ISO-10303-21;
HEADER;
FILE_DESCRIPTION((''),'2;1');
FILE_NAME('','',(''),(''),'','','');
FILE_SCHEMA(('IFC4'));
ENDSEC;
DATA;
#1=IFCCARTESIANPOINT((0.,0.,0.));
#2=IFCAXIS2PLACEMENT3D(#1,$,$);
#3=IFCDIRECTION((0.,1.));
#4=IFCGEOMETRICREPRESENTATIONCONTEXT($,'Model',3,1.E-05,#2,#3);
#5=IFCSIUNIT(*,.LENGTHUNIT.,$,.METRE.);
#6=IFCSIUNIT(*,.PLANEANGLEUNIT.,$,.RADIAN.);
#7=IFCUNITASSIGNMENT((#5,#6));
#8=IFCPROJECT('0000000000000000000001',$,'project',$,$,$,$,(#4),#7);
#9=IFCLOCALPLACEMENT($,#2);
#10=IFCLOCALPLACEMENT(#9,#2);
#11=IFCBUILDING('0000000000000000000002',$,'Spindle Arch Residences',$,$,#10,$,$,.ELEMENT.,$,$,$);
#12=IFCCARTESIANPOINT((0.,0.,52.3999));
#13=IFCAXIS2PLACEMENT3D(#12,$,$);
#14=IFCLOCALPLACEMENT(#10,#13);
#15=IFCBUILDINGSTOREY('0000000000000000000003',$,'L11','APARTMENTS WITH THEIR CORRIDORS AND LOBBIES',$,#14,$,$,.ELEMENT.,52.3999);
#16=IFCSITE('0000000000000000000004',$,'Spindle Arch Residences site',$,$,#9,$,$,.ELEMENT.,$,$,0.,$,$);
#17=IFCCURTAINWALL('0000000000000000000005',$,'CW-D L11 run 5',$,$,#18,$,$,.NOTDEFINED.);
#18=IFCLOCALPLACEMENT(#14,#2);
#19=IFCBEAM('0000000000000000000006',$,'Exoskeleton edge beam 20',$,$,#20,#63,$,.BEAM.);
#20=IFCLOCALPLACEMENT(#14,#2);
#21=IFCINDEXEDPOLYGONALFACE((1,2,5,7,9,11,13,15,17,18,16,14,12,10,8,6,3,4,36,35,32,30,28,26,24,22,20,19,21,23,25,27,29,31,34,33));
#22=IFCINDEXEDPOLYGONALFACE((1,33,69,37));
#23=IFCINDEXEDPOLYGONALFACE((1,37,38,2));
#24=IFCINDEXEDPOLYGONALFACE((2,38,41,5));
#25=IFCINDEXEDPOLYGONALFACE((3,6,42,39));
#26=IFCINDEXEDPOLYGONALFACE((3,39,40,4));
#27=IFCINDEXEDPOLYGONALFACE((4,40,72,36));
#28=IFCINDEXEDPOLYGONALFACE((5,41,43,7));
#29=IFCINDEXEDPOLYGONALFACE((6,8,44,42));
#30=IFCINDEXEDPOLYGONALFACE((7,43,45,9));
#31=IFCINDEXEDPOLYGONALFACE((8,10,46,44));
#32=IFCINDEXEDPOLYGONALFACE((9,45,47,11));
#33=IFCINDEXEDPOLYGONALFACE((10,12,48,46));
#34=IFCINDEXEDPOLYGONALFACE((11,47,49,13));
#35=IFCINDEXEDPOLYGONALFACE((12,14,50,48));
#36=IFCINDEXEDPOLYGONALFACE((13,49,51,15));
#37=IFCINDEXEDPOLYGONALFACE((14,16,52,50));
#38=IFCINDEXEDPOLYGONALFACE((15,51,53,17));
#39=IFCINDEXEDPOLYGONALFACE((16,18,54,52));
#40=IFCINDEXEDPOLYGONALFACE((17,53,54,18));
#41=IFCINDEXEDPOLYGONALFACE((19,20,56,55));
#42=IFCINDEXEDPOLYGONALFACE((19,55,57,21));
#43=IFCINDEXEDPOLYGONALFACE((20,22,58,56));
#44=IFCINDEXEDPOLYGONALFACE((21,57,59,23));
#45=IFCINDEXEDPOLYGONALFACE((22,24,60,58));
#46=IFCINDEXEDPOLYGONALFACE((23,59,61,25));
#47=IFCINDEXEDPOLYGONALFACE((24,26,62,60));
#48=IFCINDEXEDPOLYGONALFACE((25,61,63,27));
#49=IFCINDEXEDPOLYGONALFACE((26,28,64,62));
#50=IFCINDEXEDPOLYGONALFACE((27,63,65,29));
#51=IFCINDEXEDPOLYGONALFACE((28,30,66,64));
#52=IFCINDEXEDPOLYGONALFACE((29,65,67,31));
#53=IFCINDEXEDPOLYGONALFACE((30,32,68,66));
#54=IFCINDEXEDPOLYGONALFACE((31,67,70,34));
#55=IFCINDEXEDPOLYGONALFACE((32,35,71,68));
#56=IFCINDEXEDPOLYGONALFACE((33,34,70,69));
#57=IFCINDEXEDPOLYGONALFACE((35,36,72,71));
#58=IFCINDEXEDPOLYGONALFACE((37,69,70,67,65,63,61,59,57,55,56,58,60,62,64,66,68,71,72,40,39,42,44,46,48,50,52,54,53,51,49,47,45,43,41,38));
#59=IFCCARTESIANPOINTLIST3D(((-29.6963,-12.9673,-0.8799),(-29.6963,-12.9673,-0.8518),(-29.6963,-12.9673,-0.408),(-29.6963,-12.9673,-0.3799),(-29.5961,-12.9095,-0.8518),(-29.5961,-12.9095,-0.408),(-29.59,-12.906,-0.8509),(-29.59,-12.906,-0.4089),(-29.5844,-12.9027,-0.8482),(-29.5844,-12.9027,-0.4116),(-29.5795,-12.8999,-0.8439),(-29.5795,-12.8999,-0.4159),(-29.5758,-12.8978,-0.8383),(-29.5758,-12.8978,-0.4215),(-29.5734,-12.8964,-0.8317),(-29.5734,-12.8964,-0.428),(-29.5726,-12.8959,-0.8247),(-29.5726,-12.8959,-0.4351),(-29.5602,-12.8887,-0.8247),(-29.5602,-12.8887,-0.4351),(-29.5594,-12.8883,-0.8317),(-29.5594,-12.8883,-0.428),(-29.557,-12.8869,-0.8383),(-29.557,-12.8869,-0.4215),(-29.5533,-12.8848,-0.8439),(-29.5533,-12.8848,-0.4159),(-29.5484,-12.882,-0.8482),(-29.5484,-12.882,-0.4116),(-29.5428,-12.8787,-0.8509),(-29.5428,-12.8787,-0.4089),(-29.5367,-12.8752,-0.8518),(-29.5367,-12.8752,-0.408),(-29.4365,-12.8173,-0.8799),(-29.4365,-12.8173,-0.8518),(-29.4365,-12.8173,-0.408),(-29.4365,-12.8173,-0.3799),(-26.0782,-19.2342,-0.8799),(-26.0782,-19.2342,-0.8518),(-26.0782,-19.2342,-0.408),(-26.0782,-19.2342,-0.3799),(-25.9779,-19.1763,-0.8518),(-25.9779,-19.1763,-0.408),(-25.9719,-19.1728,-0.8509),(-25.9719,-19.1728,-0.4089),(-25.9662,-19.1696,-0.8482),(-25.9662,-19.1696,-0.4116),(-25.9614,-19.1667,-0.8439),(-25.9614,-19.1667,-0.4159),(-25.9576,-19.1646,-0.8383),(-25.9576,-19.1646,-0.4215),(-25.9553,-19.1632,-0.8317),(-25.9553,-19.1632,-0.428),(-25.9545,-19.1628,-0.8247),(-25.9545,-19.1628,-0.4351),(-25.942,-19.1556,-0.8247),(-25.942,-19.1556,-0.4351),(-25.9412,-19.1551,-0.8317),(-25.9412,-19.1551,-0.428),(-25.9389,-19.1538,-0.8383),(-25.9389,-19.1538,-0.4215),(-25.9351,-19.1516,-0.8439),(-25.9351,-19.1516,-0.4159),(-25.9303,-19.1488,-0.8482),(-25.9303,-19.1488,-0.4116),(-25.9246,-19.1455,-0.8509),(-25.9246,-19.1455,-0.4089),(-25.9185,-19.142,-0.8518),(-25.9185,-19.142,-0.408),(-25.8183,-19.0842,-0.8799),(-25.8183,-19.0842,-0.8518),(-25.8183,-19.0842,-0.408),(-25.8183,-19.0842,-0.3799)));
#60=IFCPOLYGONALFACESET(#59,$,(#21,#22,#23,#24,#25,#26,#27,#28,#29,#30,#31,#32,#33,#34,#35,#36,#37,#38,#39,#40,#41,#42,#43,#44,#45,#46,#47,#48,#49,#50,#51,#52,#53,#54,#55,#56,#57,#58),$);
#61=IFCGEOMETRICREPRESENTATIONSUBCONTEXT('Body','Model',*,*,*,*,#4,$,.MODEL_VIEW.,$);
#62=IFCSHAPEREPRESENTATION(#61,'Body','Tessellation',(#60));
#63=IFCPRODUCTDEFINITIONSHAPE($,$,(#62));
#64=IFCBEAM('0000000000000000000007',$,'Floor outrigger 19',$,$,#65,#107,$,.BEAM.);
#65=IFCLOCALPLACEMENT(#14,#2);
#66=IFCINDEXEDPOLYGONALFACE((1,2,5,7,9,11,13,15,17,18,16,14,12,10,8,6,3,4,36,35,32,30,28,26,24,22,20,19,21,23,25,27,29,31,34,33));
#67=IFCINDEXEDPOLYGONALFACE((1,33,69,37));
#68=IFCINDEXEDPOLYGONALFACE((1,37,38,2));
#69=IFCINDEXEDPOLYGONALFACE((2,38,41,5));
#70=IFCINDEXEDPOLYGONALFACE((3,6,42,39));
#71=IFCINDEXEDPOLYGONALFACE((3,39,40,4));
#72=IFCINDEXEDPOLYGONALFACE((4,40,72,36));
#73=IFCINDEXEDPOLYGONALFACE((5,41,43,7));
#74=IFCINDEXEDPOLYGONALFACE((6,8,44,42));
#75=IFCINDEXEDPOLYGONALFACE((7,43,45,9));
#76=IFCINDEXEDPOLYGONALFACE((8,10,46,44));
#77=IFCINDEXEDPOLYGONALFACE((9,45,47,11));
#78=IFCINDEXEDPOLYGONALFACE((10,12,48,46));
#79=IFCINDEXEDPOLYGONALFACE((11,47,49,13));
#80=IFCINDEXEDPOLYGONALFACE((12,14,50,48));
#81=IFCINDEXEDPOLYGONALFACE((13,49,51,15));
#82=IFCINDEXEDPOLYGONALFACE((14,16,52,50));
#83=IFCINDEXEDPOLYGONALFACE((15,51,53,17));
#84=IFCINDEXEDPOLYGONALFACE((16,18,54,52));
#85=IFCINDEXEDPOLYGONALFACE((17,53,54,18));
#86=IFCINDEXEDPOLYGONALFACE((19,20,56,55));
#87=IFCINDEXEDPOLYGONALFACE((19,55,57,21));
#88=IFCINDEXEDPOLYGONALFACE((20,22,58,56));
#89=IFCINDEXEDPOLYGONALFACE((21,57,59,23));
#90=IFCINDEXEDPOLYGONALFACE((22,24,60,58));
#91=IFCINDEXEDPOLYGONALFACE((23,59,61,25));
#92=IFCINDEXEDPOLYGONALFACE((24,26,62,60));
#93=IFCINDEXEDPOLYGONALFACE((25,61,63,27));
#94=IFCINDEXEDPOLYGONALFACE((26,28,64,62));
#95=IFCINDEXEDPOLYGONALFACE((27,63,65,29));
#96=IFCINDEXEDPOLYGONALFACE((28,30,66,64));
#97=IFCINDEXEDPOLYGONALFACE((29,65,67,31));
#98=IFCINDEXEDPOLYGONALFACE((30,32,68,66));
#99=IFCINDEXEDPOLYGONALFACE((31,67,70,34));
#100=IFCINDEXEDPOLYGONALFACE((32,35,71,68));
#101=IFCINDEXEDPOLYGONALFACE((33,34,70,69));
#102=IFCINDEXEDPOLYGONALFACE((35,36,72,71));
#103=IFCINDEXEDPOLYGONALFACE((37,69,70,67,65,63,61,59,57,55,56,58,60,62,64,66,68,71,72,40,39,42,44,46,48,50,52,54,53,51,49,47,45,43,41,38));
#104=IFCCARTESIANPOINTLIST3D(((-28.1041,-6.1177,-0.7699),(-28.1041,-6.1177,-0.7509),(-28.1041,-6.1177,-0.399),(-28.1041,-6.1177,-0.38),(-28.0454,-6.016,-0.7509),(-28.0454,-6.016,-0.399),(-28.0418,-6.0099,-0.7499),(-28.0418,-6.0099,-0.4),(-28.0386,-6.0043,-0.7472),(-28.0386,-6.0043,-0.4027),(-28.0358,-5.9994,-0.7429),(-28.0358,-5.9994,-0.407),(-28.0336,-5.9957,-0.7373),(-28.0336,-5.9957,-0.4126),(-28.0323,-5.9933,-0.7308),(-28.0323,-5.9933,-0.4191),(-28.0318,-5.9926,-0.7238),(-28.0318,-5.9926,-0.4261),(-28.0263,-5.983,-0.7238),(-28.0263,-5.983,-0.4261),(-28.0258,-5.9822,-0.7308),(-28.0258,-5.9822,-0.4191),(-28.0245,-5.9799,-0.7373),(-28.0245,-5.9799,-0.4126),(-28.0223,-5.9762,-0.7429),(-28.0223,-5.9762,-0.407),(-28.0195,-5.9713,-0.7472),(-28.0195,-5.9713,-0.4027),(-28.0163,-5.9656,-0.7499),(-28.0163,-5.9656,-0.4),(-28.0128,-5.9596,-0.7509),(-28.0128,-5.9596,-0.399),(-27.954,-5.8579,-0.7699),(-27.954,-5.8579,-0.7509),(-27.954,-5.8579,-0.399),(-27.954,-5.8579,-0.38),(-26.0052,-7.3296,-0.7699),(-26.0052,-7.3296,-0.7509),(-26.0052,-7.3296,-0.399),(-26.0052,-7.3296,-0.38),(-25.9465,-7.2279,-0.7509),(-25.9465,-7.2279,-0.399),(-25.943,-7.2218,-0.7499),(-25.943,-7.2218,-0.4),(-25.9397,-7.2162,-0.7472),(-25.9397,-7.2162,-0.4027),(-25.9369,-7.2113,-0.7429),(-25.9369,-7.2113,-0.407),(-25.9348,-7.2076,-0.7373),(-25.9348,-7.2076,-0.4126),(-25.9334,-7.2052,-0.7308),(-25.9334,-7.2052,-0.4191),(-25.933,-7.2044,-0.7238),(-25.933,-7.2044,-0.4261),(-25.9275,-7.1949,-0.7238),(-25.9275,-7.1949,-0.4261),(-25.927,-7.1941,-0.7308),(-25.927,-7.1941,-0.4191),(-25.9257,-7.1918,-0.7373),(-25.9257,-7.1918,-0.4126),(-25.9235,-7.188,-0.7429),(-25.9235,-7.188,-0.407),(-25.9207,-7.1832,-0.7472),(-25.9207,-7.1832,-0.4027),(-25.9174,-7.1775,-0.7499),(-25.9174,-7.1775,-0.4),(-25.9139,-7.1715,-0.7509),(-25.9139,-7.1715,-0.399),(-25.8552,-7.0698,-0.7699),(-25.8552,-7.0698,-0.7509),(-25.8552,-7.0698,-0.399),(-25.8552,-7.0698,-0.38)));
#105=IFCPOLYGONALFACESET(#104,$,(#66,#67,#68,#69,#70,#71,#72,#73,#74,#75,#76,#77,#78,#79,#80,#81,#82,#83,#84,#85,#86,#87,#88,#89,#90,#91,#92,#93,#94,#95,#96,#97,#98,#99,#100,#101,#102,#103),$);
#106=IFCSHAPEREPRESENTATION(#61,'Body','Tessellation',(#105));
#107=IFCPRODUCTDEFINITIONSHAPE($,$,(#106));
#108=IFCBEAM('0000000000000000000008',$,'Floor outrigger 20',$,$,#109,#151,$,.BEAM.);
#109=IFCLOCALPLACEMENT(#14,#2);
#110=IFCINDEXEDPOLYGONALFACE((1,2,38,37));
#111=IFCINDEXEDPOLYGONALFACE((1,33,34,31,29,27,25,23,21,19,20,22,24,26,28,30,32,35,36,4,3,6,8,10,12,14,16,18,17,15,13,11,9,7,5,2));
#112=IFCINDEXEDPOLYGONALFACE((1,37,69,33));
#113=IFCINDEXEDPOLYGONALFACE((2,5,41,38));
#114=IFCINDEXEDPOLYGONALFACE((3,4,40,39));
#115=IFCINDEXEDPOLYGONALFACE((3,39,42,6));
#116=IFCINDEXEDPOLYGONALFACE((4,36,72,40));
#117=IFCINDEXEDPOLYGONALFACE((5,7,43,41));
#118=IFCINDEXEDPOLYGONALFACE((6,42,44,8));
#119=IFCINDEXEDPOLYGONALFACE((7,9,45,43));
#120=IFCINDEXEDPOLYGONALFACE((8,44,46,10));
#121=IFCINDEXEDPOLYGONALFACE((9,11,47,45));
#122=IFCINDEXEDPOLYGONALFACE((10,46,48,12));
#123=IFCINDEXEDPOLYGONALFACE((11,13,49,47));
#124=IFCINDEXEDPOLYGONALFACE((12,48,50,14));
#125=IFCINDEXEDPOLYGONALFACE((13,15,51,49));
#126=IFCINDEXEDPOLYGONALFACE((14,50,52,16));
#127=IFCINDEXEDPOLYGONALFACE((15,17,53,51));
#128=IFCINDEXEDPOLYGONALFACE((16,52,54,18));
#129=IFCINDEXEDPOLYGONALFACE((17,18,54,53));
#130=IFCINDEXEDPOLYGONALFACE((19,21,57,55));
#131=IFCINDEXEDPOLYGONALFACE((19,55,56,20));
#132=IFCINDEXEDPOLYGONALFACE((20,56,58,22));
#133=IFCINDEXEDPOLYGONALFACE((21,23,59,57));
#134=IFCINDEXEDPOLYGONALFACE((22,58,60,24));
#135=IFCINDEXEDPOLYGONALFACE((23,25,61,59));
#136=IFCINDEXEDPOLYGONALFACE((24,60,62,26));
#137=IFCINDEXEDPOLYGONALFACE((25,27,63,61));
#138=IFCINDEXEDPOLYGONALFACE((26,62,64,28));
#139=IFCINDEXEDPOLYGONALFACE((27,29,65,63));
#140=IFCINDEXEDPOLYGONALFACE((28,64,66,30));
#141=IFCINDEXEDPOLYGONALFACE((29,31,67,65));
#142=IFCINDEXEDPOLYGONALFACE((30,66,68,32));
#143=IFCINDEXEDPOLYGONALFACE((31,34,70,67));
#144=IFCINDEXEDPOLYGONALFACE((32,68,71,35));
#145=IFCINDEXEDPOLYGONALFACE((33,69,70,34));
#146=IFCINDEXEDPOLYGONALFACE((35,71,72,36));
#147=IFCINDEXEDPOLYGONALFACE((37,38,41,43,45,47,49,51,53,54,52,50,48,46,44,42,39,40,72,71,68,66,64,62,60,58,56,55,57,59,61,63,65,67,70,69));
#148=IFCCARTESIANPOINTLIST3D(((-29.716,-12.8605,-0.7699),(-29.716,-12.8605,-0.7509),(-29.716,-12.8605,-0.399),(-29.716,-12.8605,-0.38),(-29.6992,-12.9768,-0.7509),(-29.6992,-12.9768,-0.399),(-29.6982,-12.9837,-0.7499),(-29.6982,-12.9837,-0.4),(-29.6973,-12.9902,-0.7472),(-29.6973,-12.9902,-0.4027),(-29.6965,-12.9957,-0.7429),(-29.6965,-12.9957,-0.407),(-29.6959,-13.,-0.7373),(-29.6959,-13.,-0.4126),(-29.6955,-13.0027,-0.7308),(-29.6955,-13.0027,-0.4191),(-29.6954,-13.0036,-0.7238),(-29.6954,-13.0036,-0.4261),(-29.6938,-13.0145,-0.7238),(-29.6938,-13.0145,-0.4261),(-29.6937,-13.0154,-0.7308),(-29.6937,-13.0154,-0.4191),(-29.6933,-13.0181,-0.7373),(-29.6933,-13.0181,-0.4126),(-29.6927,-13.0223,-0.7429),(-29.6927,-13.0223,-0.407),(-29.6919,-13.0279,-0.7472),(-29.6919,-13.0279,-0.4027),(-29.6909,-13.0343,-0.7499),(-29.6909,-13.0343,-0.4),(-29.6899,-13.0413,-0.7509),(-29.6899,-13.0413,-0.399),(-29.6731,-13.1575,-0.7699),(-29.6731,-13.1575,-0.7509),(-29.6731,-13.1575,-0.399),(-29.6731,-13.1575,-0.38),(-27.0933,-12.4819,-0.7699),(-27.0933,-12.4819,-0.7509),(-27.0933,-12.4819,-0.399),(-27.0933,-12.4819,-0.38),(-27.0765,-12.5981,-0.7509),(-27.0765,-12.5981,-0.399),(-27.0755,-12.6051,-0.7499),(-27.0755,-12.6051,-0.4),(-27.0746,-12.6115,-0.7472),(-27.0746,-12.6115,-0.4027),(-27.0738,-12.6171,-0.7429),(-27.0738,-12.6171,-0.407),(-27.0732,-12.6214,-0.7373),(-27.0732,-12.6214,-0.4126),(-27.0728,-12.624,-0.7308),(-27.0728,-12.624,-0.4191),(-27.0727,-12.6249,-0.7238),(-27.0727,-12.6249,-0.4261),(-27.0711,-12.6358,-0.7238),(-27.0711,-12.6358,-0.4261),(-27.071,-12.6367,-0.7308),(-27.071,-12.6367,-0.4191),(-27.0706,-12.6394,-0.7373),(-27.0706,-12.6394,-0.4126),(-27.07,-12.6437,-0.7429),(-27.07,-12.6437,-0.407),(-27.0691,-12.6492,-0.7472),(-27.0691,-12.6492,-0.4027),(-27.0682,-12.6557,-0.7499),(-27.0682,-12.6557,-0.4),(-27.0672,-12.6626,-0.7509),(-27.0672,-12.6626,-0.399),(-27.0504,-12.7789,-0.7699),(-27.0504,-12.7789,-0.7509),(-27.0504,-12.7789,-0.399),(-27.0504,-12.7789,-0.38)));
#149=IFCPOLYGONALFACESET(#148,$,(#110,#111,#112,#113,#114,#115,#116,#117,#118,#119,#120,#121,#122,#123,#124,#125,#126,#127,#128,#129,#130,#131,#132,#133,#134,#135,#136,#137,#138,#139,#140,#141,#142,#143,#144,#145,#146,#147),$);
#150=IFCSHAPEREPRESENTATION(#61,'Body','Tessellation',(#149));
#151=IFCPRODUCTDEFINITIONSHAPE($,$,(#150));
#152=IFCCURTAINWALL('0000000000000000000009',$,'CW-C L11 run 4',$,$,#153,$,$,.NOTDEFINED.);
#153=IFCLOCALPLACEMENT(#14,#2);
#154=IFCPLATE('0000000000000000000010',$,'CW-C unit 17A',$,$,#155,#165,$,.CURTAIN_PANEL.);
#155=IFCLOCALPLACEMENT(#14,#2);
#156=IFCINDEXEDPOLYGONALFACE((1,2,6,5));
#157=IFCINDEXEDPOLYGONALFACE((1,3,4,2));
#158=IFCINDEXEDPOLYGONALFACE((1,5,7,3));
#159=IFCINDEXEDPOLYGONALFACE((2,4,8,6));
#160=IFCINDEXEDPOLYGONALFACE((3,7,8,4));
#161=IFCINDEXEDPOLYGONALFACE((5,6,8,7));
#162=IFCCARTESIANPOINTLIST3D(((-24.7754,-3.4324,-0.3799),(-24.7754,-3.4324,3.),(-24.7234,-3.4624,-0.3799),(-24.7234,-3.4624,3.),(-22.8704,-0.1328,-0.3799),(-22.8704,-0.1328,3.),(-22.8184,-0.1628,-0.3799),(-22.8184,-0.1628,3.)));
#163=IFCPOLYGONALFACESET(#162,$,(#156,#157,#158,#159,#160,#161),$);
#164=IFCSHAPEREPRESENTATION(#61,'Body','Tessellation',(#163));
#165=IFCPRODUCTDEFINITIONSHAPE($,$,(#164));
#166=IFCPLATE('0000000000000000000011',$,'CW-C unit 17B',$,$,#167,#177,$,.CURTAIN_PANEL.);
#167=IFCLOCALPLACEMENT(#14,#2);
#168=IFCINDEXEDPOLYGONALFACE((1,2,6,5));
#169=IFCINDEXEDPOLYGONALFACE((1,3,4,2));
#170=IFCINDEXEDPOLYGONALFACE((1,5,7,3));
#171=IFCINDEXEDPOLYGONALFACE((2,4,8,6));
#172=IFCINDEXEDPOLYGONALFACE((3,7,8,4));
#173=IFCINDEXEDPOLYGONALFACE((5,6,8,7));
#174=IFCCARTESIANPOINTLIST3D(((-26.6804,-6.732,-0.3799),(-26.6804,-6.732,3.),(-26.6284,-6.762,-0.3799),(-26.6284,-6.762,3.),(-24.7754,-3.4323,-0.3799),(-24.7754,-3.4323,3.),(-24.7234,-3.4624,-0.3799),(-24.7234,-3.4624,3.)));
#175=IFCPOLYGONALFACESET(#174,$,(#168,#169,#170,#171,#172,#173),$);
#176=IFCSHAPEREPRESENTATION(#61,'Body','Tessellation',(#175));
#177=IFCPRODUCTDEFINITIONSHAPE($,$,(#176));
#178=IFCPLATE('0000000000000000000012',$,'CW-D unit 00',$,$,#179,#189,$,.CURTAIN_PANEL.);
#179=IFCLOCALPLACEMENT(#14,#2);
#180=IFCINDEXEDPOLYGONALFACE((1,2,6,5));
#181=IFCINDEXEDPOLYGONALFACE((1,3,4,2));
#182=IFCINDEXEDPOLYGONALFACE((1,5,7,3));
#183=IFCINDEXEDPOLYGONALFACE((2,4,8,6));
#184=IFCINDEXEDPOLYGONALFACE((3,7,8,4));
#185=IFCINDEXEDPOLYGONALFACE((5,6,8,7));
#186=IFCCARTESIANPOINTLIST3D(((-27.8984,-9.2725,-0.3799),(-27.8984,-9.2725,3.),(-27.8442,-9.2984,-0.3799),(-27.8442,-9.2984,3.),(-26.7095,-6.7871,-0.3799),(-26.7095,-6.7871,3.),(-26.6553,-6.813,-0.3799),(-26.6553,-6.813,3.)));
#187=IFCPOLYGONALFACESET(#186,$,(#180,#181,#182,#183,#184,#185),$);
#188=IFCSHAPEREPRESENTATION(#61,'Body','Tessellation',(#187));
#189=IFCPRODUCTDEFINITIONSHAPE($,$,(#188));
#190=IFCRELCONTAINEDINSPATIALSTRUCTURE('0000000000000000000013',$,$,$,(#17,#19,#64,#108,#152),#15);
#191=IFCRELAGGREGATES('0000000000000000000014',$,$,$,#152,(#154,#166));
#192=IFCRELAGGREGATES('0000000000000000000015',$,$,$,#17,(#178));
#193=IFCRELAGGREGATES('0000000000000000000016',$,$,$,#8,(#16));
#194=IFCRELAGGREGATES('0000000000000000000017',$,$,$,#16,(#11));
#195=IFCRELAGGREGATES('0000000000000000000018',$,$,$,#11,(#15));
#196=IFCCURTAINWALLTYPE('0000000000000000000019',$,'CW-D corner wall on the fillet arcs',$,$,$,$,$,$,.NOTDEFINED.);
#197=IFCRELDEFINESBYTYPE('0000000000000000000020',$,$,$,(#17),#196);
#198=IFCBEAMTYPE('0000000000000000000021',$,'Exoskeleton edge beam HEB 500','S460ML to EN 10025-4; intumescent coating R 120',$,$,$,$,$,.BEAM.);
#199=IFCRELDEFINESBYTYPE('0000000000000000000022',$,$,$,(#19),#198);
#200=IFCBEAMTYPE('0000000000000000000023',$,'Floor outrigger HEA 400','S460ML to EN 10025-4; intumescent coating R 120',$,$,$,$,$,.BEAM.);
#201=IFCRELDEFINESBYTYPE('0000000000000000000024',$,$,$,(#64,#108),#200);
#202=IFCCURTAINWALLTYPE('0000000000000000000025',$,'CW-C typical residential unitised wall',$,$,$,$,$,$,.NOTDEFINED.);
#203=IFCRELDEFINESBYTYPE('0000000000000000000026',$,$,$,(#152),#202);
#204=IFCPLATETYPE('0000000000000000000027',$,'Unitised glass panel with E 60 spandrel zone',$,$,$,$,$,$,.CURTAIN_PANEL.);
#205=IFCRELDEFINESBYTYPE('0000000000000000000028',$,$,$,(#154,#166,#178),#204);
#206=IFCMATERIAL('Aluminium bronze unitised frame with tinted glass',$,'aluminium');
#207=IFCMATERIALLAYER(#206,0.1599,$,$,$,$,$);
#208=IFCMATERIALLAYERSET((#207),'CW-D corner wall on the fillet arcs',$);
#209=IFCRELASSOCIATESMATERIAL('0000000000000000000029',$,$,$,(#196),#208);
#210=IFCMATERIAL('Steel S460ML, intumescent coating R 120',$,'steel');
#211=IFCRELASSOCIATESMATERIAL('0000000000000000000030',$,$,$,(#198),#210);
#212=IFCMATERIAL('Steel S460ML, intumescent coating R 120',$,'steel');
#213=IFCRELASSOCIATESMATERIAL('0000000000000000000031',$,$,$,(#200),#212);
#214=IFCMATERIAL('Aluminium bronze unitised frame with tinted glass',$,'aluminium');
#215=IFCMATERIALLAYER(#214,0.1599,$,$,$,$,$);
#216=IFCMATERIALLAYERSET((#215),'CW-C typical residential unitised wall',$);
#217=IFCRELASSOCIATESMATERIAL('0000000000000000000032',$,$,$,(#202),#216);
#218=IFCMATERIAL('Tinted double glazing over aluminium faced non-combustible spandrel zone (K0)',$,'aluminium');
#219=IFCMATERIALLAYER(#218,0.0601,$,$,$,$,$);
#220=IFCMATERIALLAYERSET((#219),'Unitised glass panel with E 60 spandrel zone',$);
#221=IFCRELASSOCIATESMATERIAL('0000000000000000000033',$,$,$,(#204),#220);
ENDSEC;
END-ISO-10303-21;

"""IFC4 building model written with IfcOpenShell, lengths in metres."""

from ifc_helpers import new_model, si_unit, direction, frame, origin, origin_2d, place, context, subcontext, project, spatial, rectangle, i_section, extrude, material, layer, layer_set, material_profile, profile_set, type_object, element, aggregate, save


model = new_model("IFC4")

# Units and contexts
model_context = context("Model", 3, precision=1e-05, world=origin(), true_north=direction((0.0, 1.0)))
body_context = subcontext(model_context, "Body", "Model", "MODEL_VIEW")
ifc_project = project(units=[si_unit("LENGTHUNIT", "METRE"), si_unit("PLANEANGLEUNIT", "RADIAN")], contexts=[model_context])

# Site, building, storey
site_placement = place(None, origin())
site = spatial("IfcSite", under=ifc_project, at=site_placement, Name="Spindle Arch Residences site", CompositionType="ELEMENT", RefElevation=0.0)
building_placement = place(site_placement, origin())
building = spatial("IfcBuilding", under=site, at=building_placement, Name="Spindle Arch Residences", CompositionType="ELEMENT")
storey_placement = place(building_placement, frame((0.0, 0.0, 52.3999)))
storey = spatial("IfcBuildingStorey", under=building, at=storey_placement, Name="L11", Description="APARTMENTS WITH THEIR CORRIDORS AND LOBBIES", CompositionType="ELEMENT", Elevation=52.3999)

# Curtain wall
ifc_material_1 = material(Name="Aluminium bronze unitised frame with tinted glass", Category="aluminium")
ifc_layer_1 = layer(ifc_material_1, 0.1599)
ifc_layer_set_1 = layer_set([ifc_layer_1], Name="CW-D corner wall on the fillet arcs")
curtain_wall_type_1 = type_object("IfcCurtainWallType", Name="CW-D corner wall on the fillet arcs", PredefinedType="NOTDEFINED", material=ifc_layer_set_1)
curtain_wall_1_placement = place(storey_placement, origin())
curtain_wall_1 = element("IfcCurtainWall", 1, at=curtain_wall_1_placement, inside=storey, type_object=curtain_wall_type_1, Name="CW-D L11 run 5", PredefinedType="NOTDEFINED")

# Beams
ifc_material_2 = material(Name="Steel S460ML, intumescent coating R 120", Category="steel")
ifc_material_profile_1 = material_profile(ifc_material_2, i_section(OverallWidth=0.3, OverallDepth=0.5, WebThickness=0.0144, FlangeThickness=0.0281, FilletRadius=0.0271, at=origin_2d()), Name="HEB 500")
ifc_profile_set_1 = profile_set([ifc_material_profile_1], Name="Steel S460ML, intumescent coating R 120")
beam_type_1 = type_object("IfcBeamType", Name="Exoskeleton edge beam HEB 500", Description="S460ML to EN 10025-4; intumescent coating R 120", PredefinedType="BEAM", material=ifc_profile_set_1)
beam_1_placement = place(storey_placement, frame((-29.5664, -12.8923, -0.6299), z_axis=(0.5, -0.866025, 0.0), x_axis=(0.866025, 0.5, 0.0)))
element("IfcBeam", 2, at=beam_1_placement, inside=storey, type_object=beam_type_1, Name="Exoskeleton edge beam 20", PredefinedType="BEAM", context=body_context, shape_type="SweptSolid", body=[
    extrude(i_section(OverallWidth=0.3, OverallDepth=0.5, WebThickness=0.0144, FlangeThickness=0.0281, FilletRadius=0.0271, at=origin_2d()), origin(), (0.0, 0.0, 1.0), 7.2363),
])
ifc_material_3 = material(Name="Steel S460ML, intumescent coating R 120", Category="steel")
ifc_material_profile_2 = material_profile(ifc_material_3, i_section(OverallWidth=0.3, OverallDepth=0.3899, WebThickness=0.011, FlangeThickness=0.019, FilletRadius=0.0271, at=origin_2d()), Name="HEA 400")
ifc_profile_set_2 = profile_set([ifc_material_profile_2], Name="Steel S460ML, intumescent coating R 120")
beam_type_2 = type_object("IfcBeamType", Name="Floor outrigger HEA 400", Description="S460ML to EN 10025-4; intumescent coating R 120", PredefinedType="BEAM", material=ifc_profile_set_2)
beam_2_placement = place(storey_placement, frame((-28.0291, -5.9878, -0.575), z_axis=(0.866003, -0.500039, 0.0), x_axis=(0.500039, 0.866003, 0.0)))
element("IfcBeam", 3, at=beam_2_placement, inside=storey, type_object=beam_type_2, Name="Floor outrigger 19", PredefinedType="BEAM", context=body_context, shape_type="SweptSolid", body=[
    extrude(i_section(OverallWidth=0.3, OverallDepth=0.3899, WebThickness=0.011, FlangeThickness=0.019, FilletRadius=0.0271, at=origin_2d()), origin(), (0.0, 0.0, 1.0), 2.4236),
])
beam_3_placement = place(storey_placement, frame((-29.6946, -13.009, -0.575), z_axis=(0.989738, 0.142892, 0.0), x_axis=(-0.142892, 0.989738, 0.0)))
element("IfcBeam", 4, at=beam_3_placement, inside=storey, type_object=beam_type_2, Name="Floor outrigger 20", PredefinedType="BEAM", context=body_context, shape_type="SweptSolid", body=[
    extrude(i_section(OverallWidth=0.3, OverallDepth=0.3899, WebThickness=0.011, FlangeThickness=0.019, FilletRadius=0.0271, at=origin_2d()), origin(), (0.0, 0.0, 1.0), 2.6499),
])

# Curtain wall, plates
ifc_material_4 = material(Name="Aluminium bronze unitised frame with tinted glass", Category="aluminium")
ifc_layer_2 = layer(ifc_material_4, 0.1599)
ifc_layer_set_2 = layer_set([ifc_layer_2], Name="CW-C typical residential unitised wall")
curtain_wall_type_2 = type_object("IfcCurtainWallType", Name="CW-C typical residential unitised wall", PredefinedType="NOTDEFINED", material=ifc_layer_set_2)
curtain_wall_2_placement = place(storey_placement, origin())
curtain_wall_2 = element("IfcCurtainWall", 5, at=curtain_wall_2_placement, inside=storey, type_object=curtain_wall_type_2, Name="CW-C L11 run 4", PredefinedType="NOTDEFINED")
ifc_material_5 = material(Name="Tinted double glazing over aluminium faced non-combustible spandrel zone (K0)", Category="aluminium")
ifc_layer_3 = layer(ifc_material_5, 0.0601)
ifc_layer_set_3 = layer_set([ifc_layer_3], Name="Unitised glass panel with E 60 spandrel zone")
plate_type = type_object("IfcPlateType", Name="Unitised glass panel with E 60 spandrel zone", PredefinedType="CURTAIN_PANEL", material=ifc_layer_set_3)
plate_1_placement = place(storey_placement, frame((-23.7969, -1.7976, -0.3799), z_axis=(0.0, 0.0, 1.0), x_axis=(-0.5, -0.866025, 0.0)))
plate_1 = element("IfcPlate", 6, at=plate_1_placement, type_object=plate_type, Name="CW-C unit 17A", PredefinedType="CURTAIN_PANEL", context=body_context, shape_type="SweptSolid", body=[
    extrude(rectangle(XDim=3.8101, YDim=0.0601, at=origin_2d()), origin(), (0.0, 0.0, 1.0), 3.3799),
])
plate_2_placement = place(storey_placement, frame((-25.7019, -5.0972, -0.3799), z_axis=(0.0, 0.0, 1.0), x_axis=(-0.5, -0.866025, 0.0)))
plate_2 = element("IfcPlate", 7, at=plate_2_placement, type_object=plate_type, Name="CW-C unit 17B", PredefinedType="CURTAIN_PANEL", context=body_context, shape_type="SweptSolid", body=[
    extrude(rectangle(XDim=3.8101, YDim=0.0601, at=origin_2d()), origin(), (0.0, 0.0, 1.0), 3.3799),
])
aggregate(curtain_wall_2, [plate_1, plate_2])

# Plate
plate_3_placement = place(storey_placement, frame((-27.2769, -8.0427, -0.3799), z_axis=(0.0, 0.0, 1.0), x_axis=(-0.431502, -0.902112, 0.0)))
plate_3 = element("IfcPlate", 8, at=plate_3_placement, type_object=plate_type, Name="CW-D unit 00", PredefinedType="CURTAIN_PANEL", context=body_context, shape_type="SweptSolid", body=[
    extrude(rectangle(XDim=2.7551, YDim=0.0601, at=origin_2d()), origin(), (0.0, 0.0, 1.0), 3.3799),
])
aggregate(curtain_wall_1, [plate_3])

save(model, "model.ifc")
